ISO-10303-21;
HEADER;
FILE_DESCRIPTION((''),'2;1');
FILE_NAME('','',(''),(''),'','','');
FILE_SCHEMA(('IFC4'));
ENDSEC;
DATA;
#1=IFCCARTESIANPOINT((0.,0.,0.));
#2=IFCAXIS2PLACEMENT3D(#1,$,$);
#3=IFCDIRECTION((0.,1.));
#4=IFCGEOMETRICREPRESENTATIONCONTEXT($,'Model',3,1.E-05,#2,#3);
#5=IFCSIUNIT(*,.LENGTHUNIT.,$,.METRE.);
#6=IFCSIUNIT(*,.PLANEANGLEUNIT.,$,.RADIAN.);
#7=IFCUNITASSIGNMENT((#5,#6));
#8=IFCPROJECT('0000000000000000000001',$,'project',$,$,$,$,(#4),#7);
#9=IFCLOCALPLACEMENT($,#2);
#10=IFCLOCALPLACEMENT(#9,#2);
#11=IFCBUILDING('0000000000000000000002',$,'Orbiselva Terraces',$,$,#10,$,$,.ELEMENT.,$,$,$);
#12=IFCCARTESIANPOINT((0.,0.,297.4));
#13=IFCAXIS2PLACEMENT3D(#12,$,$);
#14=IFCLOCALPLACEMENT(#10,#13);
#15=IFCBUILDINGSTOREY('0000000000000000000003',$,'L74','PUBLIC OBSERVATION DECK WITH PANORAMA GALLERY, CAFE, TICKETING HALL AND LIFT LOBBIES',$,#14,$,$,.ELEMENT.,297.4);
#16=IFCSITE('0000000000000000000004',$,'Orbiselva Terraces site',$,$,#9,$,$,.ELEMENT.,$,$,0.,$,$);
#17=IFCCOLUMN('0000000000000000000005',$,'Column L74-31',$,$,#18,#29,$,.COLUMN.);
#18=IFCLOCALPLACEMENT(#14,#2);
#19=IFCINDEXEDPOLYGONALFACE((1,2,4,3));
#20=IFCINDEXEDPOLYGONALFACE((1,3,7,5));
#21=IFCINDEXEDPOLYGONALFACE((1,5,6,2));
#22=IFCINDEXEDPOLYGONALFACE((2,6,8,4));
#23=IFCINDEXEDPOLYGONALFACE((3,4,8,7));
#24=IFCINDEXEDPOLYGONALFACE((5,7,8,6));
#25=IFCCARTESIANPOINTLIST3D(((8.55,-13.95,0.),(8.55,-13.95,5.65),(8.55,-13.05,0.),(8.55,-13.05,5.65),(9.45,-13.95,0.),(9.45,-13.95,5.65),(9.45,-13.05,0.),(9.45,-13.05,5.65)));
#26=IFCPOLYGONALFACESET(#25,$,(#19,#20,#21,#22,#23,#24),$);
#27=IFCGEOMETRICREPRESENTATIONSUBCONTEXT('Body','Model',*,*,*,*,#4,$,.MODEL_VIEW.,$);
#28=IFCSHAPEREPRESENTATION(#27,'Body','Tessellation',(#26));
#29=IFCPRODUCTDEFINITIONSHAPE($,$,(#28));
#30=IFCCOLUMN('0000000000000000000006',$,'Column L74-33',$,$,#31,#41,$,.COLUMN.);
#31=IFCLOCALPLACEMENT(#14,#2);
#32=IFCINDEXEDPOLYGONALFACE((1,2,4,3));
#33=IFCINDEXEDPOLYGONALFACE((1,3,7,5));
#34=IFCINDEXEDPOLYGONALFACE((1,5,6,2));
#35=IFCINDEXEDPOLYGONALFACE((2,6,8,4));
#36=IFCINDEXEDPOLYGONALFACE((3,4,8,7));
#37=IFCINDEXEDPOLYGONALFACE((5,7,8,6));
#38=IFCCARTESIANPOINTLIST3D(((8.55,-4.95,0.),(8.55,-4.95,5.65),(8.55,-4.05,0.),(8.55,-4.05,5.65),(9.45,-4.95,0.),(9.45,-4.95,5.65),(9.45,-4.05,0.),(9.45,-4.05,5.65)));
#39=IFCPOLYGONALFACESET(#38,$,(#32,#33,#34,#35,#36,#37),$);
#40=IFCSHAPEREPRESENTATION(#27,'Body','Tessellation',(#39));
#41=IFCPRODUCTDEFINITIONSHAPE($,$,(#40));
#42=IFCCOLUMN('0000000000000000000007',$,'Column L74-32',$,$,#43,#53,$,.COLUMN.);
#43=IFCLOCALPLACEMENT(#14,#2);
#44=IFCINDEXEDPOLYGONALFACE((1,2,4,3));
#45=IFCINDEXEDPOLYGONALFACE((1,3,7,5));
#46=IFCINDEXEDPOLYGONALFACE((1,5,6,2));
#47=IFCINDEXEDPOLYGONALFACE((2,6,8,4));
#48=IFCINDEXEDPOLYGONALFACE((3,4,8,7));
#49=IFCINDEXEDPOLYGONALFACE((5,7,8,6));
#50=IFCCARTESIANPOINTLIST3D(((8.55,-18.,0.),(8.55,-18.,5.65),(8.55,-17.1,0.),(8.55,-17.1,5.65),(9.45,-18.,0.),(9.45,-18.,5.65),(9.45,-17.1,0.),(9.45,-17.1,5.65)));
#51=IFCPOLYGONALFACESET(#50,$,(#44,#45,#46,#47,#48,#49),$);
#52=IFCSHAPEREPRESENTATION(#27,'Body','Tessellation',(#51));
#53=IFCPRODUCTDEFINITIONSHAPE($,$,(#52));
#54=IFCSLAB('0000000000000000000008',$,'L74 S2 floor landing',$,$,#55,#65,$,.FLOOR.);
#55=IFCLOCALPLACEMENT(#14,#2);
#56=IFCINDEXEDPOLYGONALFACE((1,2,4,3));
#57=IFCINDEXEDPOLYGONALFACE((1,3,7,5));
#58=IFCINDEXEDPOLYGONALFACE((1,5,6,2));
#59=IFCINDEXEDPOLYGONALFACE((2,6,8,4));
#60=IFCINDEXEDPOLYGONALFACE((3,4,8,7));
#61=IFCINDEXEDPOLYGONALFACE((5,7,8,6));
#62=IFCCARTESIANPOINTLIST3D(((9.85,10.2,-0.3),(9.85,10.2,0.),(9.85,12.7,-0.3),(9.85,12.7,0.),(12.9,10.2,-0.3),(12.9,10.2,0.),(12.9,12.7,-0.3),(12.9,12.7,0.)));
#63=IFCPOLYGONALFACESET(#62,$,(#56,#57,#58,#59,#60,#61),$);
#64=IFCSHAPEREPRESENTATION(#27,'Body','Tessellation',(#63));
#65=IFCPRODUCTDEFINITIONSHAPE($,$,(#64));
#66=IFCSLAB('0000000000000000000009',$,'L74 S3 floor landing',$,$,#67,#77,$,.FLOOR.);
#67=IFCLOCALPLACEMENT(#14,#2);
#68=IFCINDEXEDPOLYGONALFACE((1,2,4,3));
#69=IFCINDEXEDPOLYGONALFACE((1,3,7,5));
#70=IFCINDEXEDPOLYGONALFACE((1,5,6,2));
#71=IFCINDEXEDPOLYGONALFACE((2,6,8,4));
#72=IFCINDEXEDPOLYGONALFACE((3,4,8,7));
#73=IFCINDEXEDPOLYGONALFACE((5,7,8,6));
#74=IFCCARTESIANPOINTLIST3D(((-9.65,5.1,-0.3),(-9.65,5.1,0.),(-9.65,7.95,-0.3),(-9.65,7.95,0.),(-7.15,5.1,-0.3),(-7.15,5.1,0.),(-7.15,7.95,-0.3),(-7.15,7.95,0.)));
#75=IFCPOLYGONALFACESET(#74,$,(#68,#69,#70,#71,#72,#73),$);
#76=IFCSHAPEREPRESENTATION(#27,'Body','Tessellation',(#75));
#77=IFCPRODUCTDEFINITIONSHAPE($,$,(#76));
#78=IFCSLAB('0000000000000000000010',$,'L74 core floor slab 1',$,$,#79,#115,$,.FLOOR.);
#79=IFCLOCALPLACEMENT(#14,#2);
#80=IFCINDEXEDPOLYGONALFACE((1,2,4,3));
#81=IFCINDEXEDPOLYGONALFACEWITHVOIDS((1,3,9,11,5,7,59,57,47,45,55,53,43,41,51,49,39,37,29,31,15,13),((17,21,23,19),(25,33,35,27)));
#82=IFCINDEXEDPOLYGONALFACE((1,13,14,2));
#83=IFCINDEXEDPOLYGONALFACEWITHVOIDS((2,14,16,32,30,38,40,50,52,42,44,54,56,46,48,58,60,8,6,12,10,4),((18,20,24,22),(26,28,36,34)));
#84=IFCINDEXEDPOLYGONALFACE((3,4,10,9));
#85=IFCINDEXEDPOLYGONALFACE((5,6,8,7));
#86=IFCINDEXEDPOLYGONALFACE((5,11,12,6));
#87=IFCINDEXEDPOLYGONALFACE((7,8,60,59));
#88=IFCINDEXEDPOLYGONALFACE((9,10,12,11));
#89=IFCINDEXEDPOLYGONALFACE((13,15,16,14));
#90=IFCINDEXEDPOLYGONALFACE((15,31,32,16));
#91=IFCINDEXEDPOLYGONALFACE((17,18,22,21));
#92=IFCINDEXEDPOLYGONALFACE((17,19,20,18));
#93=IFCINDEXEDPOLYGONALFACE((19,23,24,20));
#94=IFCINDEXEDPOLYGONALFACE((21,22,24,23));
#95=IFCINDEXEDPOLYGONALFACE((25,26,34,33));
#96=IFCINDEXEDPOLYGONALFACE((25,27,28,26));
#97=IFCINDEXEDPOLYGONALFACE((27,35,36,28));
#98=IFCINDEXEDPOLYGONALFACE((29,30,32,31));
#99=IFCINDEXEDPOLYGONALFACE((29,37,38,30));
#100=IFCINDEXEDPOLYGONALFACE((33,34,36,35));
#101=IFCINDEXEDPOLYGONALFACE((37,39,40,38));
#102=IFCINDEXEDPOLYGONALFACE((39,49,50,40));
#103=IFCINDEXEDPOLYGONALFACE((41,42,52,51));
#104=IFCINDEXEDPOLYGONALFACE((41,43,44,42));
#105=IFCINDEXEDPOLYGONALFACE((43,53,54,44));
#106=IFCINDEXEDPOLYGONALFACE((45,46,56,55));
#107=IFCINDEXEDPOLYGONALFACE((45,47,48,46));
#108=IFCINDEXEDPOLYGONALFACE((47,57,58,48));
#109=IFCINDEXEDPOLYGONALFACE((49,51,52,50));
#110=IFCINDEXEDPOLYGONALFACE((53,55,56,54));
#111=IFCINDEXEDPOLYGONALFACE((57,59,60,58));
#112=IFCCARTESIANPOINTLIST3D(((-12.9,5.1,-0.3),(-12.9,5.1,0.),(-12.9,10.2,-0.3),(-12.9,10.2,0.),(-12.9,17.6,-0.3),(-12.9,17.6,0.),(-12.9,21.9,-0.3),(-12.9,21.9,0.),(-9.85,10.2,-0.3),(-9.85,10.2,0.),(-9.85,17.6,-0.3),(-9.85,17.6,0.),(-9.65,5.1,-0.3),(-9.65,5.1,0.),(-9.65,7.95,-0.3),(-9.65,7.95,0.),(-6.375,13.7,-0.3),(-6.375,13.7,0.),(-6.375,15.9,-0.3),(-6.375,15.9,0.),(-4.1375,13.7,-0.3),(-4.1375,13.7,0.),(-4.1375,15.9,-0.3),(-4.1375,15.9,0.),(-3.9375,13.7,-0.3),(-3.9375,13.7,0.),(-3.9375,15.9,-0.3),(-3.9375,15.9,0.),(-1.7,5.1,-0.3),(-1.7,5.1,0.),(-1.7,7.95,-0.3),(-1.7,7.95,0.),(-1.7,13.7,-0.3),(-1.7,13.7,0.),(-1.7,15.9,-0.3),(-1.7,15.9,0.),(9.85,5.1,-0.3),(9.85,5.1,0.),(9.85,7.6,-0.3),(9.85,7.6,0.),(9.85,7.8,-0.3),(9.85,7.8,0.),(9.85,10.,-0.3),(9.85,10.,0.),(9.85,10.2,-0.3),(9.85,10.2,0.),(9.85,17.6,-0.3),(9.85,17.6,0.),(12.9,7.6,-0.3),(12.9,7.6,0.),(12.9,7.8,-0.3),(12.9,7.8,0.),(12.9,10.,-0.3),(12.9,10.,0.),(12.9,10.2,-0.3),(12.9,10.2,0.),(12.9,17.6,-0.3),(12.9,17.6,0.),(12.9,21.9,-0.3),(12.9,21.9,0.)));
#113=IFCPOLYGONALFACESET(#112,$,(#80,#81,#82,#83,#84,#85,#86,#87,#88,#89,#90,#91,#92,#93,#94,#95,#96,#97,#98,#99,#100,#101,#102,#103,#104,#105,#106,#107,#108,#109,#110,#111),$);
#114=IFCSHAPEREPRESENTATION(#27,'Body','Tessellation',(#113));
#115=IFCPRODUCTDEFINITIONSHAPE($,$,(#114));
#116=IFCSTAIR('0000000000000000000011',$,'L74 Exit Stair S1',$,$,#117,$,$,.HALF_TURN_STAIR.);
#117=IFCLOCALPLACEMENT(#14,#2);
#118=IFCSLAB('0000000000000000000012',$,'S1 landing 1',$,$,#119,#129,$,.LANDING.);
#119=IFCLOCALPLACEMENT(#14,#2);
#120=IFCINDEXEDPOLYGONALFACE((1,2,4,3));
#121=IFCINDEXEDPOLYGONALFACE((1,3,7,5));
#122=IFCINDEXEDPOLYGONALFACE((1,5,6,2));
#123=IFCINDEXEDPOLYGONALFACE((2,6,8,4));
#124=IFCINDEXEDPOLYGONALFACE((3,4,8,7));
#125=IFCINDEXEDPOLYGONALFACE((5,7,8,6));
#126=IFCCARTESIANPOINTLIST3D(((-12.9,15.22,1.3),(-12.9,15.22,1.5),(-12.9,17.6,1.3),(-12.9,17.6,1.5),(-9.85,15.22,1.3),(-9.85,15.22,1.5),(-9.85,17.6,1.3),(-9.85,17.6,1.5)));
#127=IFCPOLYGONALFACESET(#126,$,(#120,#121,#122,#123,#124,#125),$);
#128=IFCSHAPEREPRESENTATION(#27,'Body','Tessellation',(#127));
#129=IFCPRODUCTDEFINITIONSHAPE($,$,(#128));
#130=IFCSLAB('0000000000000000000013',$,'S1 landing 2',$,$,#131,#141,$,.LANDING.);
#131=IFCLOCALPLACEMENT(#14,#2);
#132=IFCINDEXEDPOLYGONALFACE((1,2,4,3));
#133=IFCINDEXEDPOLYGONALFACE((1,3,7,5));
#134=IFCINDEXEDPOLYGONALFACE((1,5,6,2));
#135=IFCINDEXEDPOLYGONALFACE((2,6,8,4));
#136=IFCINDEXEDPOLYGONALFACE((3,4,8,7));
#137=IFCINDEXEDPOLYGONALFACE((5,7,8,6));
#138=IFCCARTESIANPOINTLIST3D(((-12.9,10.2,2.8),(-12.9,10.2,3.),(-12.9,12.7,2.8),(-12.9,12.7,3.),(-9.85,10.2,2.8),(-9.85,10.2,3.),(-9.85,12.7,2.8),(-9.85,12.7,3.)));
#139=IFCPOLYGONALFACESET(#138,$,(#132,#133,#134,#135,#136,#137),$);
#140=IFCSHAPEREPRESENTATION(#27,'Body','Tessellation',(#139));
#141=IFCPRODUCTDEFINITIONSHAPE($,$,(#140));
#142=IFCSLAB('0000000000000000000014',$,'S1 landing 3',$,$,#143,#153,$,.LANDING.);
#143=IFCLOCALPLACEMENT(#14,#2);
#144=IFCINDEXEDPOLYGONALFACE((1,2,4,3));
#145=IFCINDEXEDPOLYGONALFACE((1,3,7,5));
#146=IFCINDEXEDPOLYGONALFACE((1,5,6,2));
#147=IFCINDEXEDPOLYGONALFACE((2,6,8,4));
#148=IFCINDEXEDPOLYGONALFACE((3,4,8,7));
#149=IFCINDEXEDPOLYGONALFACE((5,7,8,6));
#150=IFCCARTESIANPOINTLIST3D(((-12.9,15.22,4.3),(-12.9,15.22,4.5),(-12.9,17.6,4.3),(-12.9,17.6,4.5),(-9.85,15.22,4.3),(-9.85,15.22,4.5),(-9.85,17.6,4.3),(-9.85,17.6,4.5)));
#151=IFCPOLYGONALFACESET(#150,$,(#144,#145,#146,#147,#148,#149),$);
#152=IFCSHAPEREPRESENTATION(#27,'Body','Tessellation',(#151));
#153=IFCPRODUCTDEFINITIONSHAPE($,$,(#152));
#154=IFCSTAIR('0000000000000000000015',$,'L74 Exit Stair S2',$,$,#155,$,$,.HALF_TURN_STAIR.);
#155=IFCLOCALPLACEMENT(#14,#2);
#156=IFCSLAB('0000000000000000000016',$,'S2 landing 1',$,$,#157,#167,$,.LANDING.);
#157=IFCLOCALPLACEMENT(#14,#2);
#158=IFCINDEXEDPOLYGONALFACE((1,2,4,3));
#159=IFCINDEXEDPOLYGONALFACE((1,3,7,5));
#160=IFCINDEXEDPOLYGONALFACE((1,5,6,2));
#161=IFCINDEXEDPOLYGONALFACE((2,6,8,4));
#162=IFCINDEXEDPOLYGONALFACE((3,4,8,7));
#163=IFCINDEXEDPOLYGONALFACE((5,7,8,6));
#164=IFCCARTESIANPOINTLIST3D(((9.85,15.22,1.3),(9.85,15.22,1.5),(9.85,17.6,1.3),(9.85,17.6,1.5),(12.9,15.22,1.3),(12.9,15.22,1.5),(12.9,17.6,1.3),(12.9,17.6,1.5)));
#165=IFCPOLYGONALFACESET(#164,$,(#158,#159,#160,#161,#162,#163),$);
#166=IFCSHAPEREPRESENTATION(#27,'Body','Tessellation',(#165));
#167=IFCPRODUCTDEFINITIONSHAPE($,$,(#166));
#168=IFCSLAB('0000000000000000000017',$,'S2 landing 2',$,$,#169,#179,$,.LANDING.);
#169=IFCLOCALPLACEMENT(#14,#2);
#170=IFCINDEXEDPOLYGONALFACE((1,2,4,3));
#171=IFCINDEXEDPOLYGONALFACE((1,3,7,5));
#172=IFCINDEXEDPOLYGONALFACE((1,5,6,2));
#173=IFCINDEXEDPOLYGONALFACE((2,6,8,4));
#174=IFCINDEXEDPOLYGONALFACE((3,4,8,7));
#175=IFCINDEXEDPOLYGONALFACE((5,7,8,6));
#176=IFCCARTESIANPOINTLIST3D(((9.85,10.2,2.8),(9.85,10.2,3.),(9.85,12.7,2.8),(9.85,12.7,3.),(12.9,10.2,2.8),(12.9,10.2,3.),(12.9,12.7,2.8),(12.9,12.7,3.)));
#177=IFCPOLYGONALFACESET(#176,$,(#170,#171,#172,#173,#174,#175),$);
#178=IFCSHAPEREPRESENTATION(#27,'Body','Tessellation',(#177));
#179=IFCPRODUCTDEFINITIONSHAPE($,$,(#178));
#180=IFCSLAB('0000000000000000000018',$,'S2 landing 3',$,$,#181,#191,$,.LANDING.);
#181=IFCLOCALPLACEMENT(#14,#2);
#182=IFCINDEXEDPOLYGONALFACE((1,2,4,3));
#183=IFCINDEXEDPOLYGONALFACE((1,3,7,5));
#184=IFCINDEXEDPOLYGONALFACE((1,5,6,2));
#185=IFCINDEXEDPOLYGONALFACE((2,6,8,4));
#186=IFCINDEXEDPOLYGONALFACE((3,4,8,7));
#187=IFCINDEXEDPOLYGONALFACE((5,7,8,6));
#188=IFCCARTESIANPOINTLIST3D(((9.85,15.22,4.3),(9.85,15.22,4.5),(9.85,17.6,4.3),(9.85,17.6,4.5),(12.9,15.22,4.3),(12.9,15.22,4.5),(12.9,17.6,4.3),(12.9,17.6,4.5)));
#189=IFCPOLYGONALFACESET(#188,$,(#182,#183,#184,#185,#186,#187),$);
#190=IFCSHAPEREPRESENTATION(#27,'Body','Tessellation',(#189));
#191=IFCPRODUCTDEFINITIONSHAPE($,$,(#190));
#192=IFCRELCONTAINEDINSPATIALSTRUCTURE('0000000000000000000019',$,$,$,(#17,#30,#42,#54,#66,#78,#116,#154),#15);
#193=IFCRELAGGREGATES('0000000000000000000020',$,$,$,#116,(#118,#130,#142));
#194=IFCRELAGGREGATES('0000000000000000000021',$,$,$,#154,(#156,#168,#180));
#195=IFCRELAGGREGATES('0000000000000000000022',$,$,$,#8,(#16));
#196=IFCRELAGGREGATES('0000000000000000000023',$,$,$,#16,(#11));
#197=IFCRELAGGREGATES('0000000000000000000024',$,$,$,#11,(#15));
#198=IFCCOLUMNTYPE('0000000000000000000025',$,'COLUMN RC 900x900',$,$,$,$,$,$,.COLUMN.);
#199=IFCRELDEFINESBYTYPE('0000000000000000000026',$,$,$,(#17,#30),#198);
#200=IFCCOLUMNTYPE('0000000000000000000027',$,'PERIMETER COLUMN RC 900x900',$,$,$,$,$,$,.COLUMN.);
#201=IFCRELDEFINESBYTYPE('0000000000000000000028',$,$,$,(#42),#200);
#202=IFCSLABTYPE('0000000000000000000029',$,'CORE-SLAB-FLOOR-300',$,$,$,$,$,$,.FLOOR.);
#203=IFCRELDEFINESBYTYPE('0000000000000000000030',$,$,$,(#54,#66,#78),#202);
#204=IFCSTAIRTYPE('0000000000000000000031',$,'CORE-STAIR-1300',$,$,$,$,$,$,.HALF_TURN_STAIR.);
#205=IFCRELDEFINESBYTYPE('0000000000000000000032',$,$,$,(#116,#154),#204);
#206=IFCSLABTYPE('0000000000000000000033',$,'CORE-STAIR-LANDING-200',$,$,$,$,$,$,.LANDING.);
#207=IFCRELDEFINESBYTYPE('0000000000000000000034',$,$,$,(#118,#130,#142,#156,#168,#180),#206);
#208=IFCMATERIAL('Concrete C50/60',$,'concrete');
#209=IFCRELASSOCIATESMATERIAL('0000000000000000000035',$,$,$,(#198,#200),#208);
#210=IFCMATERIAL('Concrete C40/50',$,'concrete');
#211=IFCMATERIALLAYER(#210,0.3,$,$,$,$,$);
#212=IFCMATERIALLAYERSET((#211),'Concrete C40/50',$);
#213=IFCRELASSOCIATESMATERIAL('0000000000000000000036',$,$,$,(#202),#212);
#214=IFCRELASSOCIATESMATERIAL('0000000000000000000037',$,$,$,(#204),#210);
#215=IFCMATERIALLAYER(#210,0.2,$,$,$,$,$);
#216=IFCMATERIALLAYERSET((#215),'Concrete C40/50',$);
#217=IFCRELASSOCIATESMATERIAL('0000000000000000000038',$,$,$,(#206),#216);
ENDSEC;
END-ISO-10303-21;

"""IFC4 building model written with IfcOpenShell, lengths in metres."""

from ifc_helpers import new_model, si_unit, direction, frame, origin, origin_2d, place, context, subcontext, project, spatial, polyline, rectangle, outline, extrude, material, layer, layer_set, material_profile, profile_set, type_object, element, aggregate, save


model = new_model("IFC4")

# Units and contexts
model_context = context("Model", 3, precision=1e-05, world=origin(), true_north=direction((0.0, 1.0)))
body_context = subcontext(model_context, "Body", "Model", "MODEL_VIEW")
ifc_project = project(units=[si_unit("LENGTHUNIT", "METRE"), si_unit("PLANEANGLEUNIT", "RADIAN")], contexts=[model_context])

# Site, building, storey
site_placement = place(None, origin())
site = spatial("IfcSite", under=ifc_project, at=site_placement, Name="Orbiselva Terraces site", CompositionType="ELEMENT", RefElevation=0.0)
building_placement = place(site_placement, origin())
building = spatial("IfcBuilding", under=site, at=building_placement, Name="Orbiselva Terraces", CompositionType="ELEMENT")
storey_placement = place(building_placement, frame((0.0, 0.0, 297.4)))
storey = spatial("IfcBuildingStorey", under=building, at=storey_placement, Name="L74", Description="PUBLIC OBSERVATION DECK WITH PANORAMA GALLERY, CAFE, TICKETING HALL AND LIFT LOBBIES", CompositionType="ELEMENT", Elevation=297.4)

# Columns
ifc_material_1 = material(Name="Concrete C50/60", Category="concrete")
ifc_material_profile_1 = material_profile(ifc_material_1, rectangle(XDim=0.9, YDim=0.9, at=origin_2d()), Name="RC 900x900")
ifc_profile_set_1 = profile_set([ifc_material_profile_1], Name="Concrete C50/60")
column_type_1 = type_object("IfcColumnType", Name="COLUMN RC 900x900", PredefinedType="COLUMN", material=ifc_profile_set_1)
for number, where, z_axis, x_axis, name in (
    (1, (9.0, -13.5, 0.0), (0.0, 0.0, 1.0), (1.0, 0.0, 0.0), "Column L74-31"),
    (2, (9.0, -4.5, 0.0), (0.0, 0.0, 1.0), (1.0, 0.0, 0.0), "Column L74-33"),
):
    element("IfcColumn", number, at=place(storey_placement, frame(where, z_axis=z_axis, x_axis=x_axis)), inside=storey, type_object=column_type_1, Name=name, PredefinedType="COLUMN", context=body_context, shape_type="SweptSolid", body=[
        extrude(rectangle(XDim=0.9, YDim=0.9, at=origin_2d()), origin(), (0.0, 0.0, 1.0), 5.65),
    ])
ifc_material_profile_2 = material_profile(ifc_material_1, rectangle(XDim=0.9, YDim=0.9, at=origin_2d()), Name="RC 900x900")
ifc_profile_set_2 = profile_set([ifc_material_profile_2], Name="Concrete C50/60")
column_type_2 = type_object("IfcColumnType", Name="PERIMETER COLUMN RC 900x900", PredefinedType="COLUMN", material=ifc_profile_set_2)
column_placement = place(storey_placement, frame((9.0, -17.55, 0.0), z_axis=(0.0, 0.0, 1.0), x_axis=(1.0, 0.0, 0.0)))
element("IfcColumn", 3, at=column_placement, inside=storey, type_object=column_type_2, Name="Column L74-32", PredefinedType="COLUMN", context=body_context, shape_type="SweptSolid", body=[
    extrude(rectangle(XDim=0.9, YDim=0.9, at=origin_2d()), origin(), (0.0, 0.0, 1.0), 5.65),
])

# Slabs
ifc_material_2 = material(Name="Concrete C40/50", Category="concrete")
ifc_layer_1 = layer(ifc_material_2, 0.3)
ifc_layer_set_1 = layer_set([ifc_layer_1], Name="Concrete C40/50")
slab_type_1 = type_object("IfcSlabType", Name="CORE-SLAB-FLOOR-300", PredefinedType="FLOOR", material=ifc_layer_set_1)
slab_1_placement = place(storey_placement, frame((0.0, 0.0, -0.3)))
element("IfcSlab", 4, at=slab_1_placement, inside=storey, type_object=slab_type_1, Name="L74 S2 floor landing", PredefinedType="FLOOR", context=body_context, shape_type="SweptSolid", body=[
    extrude(outline(polyline([(12.9, 12.7), (12.9, 10.2), (9.85, 10.2), (9.85, 12.7), (12.9, 12.7)])), origin(), (0.0, 0.0, 1.0), 0.3),
])
slab_2_placement = place(storey_placement, frame((0.0, 0.0, -0.3)))
element("IfcSlab", 5, at=slab_2_placement, inside=storey, type_object=slab_type_1, Name="L74 S3 floor landing", PredefinedType="FLOOR", context=body_context, shape_type="SweptSolid", body=[
    extrude(outline(polyline([(-7.15, 5.1), (-9.65, 5.1), (-9.65, 7.95), (-7.15, 7.95), (-7.15, 5.1)])), origin(), (0.0, 0.0, 1.0), 0.3),
])
slab_3_placement = place(storey_placement, frame((0.0, 0.0, -0.3)))
element("IfcSlab", 6, at=slab_3_placement, inside=storey, type_object=slab_type_1, Name="L74 core floor slab 1", PredefinedType="FLOOR", context=body_context, shape_type="SweptSolid", body=[
    extrude(outline(polyline([(-1.7, 5.1), (-1.7, 7.95), (-9.65, 7.95), (-9.65, 5.1), (-12.9, 5.1), (-12.9, 10.2), (-9.85, 10.2), (-9.85, 17.6), (-12.9, 17.6), (-12.9, 21.9), (12.9, 21.9), (12.9, 17.6), (9.85, 17.6), (9.85, 10.2), (12.9, 10.2), (12.9, 10.0), (9.85, 10.0), (9.85, 7.8), (12.9, 7.8), (12.9, 7.6), (9.85, 7.6), (9.85, 5.1), (-1.7, 5.1)]), holes=[polyline([(-4.1375, 15.9), (-6.375, 15.9), (-6.375, 13.7), (-4.1375, 13.7), (-4.1375, 15.9)]), polyline([(-1.7, 15.9), (-3.9375, 15.9), (-3.9375, 13.7), (-1.7, 13.7), (-1.7, 15.9)])]), origin(), (0.0, 0.0, 1.0), 0.3),
])

# Stairs, slabs
stair_type_1 = type_object("IfcStairType", Name="CORE-STAIR-1300", PredefinedType="HALF_TURN_STAIR", material=ifc_material_2)
stair_1_placement = place(storey_placement, origin())
stair_1 = element("IfcStair", 7, at=stair_1_placement, inside=storey, type_object=stair_type_1, Name="L74 Exit Stair S1", PredefinedType="HALF_TURN_STAIR")
ifc_layer_2 = layer(ifc_material_2, 0.2)
ifc_layer_set_2 = layer_set([ifc_layer_2], Name="Concrete C40/50")
slab_type_2 = type_object("IfcSlabType", Name="CORE-STAIR-LANDING-200", PredefinedType="LANDING", material=ifc_layer_set_2)
slab_4_placement = place(storey_placement, frame((0.0, 0.0, 1.3)))
slab_4 = element("IfcSlab", 8, at=slab_4_placement, type_object=slab_type_2, Name="S1 landing 1", PredefinedType="LANDING", context=body_context, shape_type="SweptSolid", body=[
    extrude(outline(polyline([(-9.85, 15.22), (-9.85, 17.6), (-12.9, 17.6), (-12.9, 15.22), (-9.85, 15.22)])), origin(), (0.0, 0.0, 1.0), 0.2),
])
slab_5_placement = place(storey_placement, frame((0.0, 0.0, 2.8)))
slab_5 = element("IfcSlab", 9, at=slab_5_placement, type_object=slab_type_2, Name="S1 landing 2", PredefinedType="LANDING", context=body_context, shape_type="SweptSolid", body=[
    extrude(outline(polyline([(-9.85, 10.2), (-9.85, 12.7), (-12.9, 12.7), (-12.9, 10.2), (-9.85, 10.2)])), origin(), (0.0, 0.0, 1.0), 0.2),
])
slab_6_placement = place(storey_placement, frame((0.0, 0.0, 4.3)))
slab_6 = element("IfcSlab", 10, at=slab_6_placement, type_object=slab_type_2, Name="S1 landing 3", PredefinedType="LANDING", context=body_context, shape_type="SweptSolid", body=[
    extrude(outline(polyline([(-9.85, 15.22), (-9.85, 17.6), (-12.9, 17.6), (-12.9, 15.22), (-9.85, 15.22)])), origin(), (0.0, 0.0, 1.0), 0.2),
])
aggregate(stair_1, [slab_4, slab_5, slab_6])
stair_2_placement = place(storey_placement, origin())
stair_2 = element("IfcStair", 11, at=stair_2_placement, inside=storey, type_object=stair_type_1, Name="L74 Exit Stair S2", PredefinedType="HALF_TURN_STAIR")
slab_7_placement = place(storey_placement, frame((0.0, 0.0, 1.3)))
slab_7 = element("IfcSlab", 12, at=slab_7_placement, type_object=slab_type_2, Name="S2 landing 1", PredefinedType="LANDING", context=body_context, shape_type="SweptSolid", body=[
    extrude(outline(polyline([(12.9, 15.22), (12.9, 17.6), (9.85, 17.6), (9.85, 15.22), (12.9, 15.22)])), origin(), (0.0, 0.0, 1.0), 0.2),
])
slab_8_placement = place(storey_placement, frame((0.0, 0.0, 2.8)))
slab_8 = element("IfcSlab", 13, at=slab_8_placement, type_object=slab_type_2, Name="S2 landing 2", PredefinedType="LANDING", context=body_context, shape_type="SweptSolid", body=[
    extrude(outline(polyline([(12.9, 10.2), (12.9, 12.7), (9.85, 12.7), (9.85, 10.2), (12.9, 10.2)])), origin(), (0.0, 0.0, 1.0), 0.2),
])
slab_9_placement = place(storey_placement, frame((0.0, 0.0, 4.3)))
slab_9 = element("IfcSlab", 14, at=slab_9_placement, type_object=slab_type_2, Name="S2 landing 3", PredefinedType="LANDING", context=body_context, shape_type="SweptSolid", body=[
    extrude(outline(polyline([(12.9, 15.22), (12.9, 17.6), (9.85, 17.6), (9.85, 15.22), (12.9, 15.22)])), origin(), (0.0, 0.0, 1.0), 0.2),
])
aggregate(stair_2, [slab_7, slab_8, slab_9])

save(model, "model.ifc")
